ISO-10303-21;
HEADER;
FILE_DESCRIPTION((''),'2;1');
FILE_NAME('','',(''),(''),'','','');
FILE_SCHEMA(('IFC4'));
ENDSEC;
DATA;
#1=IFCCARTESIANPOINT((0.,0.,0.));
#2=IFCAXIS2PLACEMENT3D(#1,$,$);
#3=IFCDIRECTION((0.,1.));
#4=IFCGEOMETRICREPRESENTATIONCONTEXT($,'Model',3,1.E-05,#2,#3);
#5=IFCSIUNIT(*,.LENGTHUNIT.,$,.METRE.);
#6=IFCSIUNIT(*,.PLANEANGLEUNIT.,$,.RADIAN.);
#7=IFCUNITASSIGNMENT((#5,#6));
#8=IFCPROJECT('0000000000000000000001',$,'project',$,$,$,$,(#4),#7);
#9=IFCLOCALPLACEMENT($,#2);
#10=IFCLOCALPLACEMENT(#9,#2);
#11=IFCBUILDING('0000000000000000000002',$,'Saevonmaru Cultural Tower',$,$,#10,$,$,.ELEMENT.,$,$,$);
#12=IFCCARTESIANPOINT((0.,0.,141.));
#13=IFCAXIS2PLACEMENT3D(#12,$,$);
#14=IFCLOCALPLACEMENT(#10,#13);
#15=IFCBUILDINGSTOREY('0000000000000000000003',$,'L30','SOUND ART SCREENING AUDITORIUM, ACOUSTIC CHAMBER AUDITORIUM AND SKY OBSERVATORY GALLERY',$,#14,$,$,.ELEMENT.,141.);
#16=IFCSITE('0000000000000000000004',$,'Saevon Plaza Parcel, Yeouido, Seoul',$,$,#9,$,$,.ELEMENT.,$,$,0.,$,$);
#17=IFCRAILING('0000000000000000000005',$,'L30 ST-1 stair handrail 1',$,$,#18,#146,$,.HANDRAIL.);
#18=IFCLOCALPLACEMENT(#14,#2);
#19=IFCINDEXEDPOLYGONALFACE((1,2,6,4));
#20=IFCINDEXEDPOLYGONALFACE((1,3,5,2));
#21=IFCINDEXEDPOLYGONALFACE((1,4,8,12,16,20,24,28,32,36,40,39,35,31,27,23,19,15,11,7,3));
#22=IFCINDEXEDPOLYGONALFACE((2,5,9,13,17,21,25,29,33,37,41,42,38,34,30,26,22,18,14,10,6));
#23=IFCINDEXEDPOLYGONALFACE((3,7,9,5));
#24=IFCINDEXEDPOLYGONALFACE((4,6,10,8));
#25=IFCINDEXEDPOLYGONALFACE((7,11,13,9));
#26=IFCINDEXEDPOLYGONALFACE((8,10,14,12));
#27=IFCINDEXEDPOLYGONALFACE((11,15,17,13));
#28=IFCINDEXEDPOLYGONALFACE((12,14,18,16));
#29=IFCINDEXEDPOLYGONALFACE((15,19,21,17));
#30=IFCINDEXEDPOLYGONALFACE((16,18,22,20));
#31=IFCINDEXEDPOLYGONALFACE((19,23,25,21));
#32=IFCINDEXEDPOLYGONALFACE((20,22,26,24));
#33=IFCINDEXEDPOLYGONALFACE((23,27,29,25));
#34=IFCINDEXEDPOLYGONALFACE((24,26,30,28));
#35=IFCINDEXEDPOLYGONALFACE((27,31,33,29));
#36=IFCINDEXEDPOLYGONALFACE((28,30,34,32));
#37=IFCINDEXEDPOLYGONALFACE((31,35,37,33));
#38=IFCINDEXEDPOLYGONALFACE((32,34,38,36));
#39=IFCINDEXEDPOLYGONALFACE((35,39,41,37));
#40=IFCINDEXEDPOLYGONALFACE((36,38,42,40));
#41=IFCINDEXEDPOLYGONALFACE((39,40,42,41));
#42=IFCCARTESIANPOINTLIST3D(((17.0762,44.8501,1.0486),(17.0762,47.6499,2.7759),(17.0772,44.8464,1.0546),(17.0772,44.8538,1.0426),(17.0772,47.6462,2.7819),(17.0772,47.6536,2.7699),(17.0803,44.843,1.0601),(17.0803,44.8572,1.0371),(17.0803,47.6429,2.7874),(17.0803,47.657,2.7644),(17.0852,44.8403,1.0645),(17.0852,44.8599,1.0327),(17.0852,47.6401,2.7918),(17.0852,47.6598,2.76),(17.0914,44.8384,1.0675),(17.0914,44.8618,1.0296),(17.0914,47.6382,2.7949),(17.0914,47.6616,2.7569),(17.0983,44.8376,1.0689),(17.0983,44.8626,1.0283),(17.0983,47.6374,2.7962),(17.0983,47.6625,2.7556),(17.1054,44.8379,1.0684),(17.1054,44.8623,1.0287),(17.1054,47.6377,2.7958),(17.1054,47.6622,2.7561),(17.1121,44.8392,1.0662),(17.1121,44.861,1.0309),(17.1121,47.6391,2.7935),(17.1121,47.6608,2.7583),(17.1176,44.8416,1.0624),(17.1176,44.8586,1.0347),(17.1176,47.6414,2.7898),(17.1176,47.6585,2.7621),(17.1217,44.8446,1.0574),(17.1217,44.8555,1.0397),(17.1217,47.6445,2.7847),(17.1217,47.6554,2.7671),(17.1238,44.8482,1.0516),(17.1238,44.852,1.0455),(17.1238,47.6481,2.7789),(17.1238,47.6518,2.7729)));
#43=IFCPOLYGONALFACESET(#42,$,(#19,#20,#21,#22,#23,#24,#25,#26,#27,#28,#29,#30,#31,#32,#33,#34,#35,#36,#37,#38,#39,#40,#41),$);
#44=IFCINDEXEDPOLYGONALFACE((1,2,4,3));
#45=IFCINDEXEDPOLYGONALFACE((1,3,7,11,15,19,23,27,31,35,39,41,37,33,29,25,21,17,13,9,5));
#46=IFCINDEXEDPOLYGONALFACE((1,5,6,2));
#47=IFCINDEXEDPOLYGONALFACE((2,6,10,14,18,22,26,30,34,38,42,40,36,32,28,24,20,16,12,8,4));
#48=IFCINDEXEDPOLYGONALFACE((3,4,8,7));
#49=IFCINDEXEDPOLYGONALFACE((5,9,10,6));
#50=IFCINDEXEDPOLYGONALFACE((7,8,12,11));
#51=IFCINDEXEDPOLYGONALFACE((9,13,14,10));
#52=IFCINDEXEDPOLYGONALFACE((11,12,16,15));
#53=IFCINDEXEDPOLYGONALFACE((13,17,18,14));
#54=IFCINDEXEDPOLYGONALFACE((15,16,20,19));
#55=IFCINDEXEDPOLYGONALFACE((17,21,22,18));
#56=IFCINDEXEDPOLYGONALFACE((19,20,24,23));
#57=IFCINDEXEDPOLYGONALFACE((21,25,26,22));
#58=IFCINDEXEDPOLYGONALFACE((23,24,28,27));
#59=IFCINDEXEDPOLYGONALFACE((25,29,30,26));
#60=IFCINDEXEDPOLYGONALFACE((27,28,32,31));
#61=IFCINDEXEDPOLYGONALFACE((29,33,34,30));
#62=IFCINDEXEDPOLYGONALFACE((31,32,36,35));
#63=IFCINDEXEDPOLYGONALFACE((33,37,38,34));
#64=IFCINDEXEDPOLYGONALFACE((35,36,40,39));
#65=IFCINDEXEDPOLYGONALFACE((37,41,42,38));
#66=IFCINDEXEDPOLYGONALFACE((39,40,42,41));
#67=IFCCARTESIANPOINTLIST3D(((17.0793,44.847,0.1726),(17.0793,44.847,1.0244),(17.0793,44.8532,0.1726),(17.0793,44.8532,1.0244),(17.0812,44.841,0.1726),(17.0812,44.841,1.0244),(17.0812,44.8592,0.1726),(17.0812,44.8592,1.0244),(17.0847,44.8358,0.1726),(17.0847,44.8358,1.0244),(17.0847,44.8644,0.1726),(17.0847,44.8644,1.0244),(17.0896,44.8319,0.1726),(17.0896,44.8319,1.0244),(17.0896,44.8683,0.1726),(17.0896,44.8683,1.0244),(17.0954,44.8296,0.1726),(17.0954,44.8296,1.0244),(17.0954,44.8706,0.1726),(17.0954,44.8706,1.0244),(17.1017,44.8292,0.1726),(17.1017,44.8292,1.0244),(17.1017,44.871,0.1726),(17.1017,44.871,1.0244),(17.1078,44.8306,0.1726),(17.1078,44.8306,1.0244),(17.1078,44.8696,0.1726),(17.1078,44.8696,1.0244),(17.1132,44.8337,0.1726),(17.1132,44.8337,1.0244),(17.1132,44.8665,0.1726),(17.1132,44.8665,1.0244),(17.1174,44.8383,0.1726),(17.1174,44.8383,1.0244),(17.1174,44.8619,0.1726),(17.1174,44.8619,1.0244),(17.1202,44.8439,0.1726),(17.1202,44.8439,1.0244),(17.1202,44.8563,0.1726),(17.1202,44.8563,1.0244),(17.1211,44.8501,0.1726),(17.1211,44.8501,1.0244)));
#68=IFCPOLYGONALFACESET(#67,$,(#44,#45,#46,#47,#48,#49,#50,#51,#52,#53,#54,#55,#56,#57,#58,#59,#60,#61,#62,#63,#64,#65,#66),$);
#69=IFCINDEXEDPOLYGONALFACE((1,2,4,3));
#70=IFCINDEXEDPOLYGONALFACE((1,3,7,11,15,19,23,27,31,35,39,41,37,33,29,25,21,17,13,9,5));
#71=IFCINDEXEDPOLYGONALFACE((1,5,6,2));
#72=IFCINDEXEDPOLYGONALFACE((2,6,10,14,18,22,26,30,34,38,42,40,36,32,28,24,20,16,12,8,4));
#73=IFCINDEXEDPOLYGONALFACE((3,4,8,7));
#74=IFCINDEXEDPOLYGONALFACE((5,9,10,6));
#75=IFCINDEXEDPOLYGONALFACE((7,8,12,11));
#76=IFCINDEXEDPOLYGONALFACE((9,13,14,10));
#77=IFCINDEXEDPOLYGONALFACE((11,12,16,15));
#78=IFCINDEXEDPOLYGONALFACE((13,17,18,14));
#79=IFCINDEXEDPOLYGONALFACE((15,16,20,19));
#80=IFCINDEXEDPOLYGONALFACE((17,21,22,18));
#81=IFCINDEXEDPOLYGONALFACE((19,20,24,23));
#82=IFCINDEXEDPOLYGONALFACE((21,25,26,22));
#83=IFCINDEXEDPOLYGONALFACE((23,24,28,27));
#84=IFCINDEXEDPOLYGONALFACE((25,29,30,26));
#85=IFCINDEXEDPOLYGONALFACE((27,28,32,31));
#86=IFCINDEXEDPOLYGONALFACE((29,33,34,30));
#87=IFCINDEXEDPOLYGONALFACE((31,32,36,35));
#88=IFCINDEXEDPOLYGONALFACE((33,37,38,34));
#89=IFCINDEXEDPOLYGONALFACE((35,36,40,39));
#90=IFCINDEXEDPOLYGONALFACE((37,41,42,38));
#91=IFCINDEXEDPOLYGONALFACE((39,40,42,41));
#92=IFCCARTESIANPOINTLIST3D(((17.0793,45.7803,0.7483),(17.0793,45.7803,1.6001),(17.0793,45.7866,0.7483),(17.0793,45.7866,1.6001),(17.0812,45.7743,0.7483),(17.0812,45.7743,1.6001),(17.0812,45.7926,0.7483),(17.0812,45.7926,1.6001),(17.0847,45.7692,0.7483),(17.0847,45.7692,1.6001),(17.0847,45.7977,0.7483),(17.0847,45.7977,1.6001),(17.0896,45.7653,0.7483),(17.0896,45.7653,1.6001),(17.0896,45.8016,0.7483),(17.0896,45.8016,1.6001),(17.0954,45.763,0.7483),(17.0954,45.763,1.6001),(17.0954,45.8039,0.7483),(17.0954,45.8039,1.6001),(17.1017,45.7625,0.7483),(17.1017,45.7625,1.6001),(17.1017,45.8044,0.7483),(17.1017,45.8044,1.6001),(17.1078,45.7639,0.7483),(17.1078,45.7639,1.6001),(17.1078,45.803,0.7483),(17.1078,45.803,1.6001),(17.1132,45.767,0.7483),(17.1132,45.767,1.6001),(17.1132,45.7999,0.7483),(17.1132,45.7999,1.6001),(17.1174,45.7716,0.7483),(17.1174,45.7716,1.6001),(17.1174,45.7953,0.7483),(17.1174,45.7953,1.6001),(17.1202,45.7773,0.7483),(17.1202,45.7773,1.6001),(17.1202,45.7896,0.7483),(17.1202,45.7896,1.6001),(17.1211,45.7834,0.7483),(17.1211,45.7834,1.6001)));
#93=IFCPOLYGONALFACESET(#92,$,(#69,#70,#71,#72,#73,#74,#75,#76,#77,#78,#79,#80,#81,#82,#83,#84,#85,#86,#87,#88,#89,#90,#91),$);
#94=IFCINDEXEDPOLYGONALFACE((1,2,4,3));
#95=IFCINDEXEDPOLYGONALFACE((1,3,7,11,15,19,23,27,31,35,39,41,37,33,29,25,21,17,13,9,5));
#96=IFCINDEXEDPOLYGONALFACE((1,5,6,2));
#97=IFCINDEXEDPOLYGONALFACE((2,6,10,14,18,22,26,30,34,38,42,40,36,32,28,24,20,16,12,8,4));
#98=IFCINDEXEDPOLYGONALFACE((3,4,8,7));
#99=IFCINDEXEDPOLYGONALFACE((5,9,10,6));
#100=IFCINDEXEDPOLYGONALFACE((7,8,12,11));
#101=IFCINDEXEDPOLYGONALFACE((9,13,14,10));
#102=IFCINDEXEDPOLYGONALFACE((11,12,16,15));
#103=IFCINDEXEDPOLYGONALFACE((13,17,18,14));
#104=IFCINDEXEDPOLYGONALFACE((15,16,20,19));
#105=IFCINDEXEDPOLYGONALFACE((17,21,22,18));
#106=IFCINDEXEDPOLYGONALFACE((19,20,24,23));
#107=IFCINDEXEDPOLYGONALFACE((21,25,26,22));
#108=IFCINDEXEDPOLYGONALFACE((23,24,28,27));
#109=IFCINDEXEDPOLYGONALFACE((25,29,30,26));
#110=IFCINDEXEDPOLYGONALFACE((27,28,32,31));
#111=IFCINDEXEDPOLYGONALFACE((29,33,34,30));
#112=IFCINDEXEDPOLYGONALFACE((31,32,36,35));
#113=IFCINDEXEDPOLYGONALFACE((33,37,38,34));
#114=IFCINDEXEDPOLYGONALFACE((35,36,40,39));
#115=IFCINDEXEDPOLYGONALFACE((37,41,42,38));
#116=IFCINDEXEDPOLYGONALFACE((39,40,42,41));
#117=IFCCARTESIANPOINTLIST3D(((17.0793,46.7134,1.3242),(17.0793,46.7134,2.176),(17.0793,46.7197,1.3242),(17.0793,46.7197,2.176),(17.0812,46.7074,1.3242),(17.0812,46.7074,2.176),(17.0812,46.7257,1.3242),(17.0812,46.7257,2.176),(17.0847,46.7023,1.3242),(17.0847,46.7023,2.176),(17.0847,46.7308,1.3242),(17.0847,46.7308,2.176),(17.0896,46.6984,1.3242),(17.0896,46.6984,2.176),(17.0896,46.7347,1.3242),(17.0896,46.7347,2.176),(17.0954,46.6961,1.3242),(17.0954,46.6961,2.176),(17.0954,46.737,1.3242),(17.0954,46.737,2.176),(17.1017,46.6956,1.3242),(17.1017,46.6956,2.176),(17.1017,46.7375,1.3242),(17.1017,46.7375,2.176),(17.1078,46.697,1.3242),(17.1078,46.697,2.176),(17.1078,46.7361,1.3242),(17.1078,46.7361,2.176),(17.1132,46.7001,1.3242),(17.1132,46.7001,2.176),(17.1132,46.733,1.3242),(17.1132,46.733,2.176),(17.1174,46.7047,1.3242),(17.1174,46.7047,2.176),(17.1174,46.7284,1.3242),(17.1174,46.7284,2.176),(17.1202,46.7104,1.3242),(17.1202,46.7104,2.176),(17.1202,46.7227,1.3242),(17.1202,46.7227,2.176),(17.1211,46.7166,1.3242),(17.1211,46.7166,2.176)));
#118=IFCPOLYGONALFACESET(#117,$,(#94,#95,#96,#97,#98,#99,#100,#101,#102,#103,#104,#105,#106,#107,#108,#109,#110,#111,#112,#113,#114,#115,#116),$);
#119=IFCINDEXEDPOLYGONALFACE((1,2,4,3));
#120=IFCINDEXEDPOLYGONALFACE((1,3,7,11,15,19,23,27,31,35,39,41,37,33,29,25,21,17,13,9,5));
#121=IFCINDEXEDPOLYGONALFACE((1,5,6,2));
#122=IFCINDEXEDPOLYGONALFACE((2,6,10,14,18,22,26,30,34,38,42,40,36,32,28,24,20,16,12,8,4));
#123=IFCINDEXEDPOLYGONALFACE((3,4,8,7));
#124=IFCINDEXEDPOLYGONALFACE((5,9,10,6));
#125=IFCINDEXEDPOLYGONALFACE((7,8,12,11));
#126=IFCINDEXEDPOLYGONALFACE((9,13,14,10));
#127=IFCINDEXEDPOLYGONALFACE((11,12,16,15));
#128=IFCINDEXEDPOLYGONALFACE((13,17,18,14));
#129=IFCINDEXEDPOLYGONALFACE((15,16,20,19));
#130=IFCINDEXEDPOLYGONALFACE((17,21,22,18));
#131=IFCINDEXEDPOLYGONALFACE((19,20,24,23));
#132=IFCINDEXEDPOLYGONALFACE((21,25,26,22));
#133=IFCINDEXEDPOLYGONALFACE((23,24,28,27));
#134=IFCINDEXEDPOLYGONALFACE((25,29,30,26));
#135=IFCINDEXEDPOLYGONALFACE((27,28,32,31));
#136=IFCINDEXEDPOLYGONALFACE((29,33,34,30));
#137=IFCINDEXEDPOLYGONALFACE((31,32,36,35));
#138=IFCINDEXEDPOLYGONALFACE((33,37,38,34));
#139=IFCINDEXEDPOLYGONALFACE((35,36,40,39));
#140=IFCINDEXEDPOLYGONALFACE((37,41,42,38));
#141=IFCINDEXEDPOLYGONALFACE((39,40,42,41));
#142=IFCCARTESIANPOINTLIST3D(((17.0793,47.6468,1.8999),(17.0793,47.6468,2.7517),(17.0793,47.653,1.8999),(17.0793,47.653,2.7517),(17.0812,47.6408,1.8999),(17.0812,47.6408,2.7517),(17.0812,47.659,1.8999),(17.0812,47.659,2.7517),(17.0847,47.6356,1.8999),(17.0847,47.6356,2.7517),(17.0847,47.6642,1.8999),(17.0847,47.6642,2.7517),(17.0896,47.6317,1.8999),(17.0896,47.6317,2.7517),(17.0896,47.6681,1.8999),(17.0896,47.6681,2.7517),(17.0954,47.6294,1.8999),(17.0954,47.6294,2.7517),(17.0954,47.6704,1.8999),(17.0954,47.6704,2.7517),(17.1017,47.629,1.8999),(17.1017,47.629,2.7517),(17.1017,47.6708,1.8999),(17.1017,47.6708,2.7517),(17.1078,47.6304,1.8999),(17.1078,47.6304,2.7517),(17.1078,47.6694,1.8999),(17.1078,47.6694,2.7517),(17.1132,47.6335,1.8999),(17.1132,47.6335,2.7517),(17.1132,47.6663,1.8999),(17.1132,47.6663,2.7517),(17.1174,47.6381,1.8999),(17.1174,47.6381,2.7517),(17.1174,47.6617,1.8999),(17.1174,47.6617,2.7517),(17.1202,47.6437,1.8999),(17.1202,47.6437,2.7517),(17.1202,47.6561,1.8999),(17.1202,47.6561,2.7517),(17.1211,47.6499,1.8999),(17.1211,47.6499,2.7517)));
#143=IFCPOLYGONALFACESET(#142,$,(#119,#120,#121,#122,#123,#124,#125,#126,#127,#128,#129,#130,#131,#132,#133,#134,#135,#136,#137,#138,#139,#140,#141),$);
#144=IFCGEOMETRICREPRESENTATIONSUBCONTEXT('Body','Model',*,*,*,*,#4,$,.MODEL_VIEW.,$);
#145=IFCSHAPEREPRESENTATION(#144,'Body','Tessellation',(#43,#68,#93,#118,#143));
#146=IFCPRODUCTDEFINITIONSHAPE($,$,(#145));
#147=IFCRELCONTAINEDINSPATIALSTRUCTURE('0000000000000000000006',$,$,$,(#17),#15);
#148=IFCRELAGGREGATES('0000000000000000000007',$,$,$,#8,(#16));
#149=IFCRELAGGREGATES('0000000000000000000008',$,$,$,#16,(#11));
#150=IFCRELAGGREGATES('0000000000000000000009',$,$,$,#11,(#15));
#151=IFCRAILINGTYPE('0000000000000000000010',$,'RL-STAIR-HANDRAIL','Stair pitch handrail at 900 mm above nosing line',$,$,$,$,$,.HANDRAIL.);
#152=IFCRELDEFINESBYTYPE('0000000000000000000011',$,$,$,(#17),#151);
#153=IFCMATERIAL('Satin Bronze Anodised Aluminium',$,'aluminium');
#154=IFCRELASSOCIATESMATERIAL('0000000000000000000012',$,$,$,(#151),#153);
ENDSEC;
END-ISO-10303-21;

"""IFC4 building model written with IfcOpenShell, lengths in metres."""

from ifc_helpers import new_model, si_unit, direction, frame, origin, origin_2d, place, context, subcontext, project, spatial, circle, extrude, material, type_object, element, save


model = new_model("IFC4")

# Units and contexts
model_context = context("Model", 3, precision=1e-05, world=origin(), true_north=direction((0.0, 1.0)))
body_context = subcontext(model_context, "Body", "Model", "MODEL_VIEW")
ifc_project = project(units=[si_unit("LENGTHUNIT", "METRE"), si_unit("PLANEANGLEUNIT", "RADIAN")], contexts=[model_context])

# Site, building, storey
site_placement = place(None, origin())
site = spatial("IfcSite", under=ifc_project, at=site_placement, Name="Saevon Plaza Parcel, Yeouido, Seoul", CompositionType="ELEMENT", RefElevation=0.0)
building_placement = place(site_placement, origin())
building = spatial("IfcBuilding", under=site, at=building_placement, Name="Saevonmaru Cultural Tower", CompositionType="ELEMENT")
storey_placement = place(building_placement, frame((0.0, 0.0, 141.0)))
storey = spatial("IfcBuildingStorey", under=building, at=storey_placement, Name="L30", Description="SOUND ART SCREENING AUDITORIUM, ACOUSTIC CHAMBER AUDITORIUM AND SKY OBSERVATORY GALLERY", CompositionType="ELEMENT", Elevation=141.0)

# Shared definitions
ifc_material_1 = material(Name="Satin Bronze Anodised Aluminium", Category="aluminium")

# Railing
railing_type_1 = type_object("IfcRailingType", Name="RL-STAIR-HANDRAIL", Description="Stair pitch handrail at 900 mm above nosing line", PredefinedType="HANDRAIL", material=ifc_material_1)
railing_1_placement = place(storey_placement, frame((17.1001, 44.8501, 0.1726)))
element("IfcRailing", 1, at=railing_1_placement, inside=storey, type_object=railing_type_1, Name="L30 ST-1 stair handrail 1", PredefinedType="HANDRAIL", context=body_context, shape_type="SweptSolid", body=[
    extrude(circle(Radius=0.0239, at=origin_2d()), frame((0.0, 0.0, 0.876), z_axis=(0.0, 0.851069, 0.525054), x_axis=(-1.0, 0.0, 0.0)), (0.0, 0.0, 1.0), 3.2898),
    extrude(circle(Radius=0.021, at=origin_2d()), origin(), (0.0, 0.0, 1.0), 0.8518),
    extrude(circle(Radius=0.021, at=origin_2d()), frame((0.0, 0.9333, 0.5757)), (0.0, 0.0, 1.0), 0.8518),
    extrude(circle(Radius=0.021, at=origin_2d()), frame((0.0, 1.8665, 1.1516)), (0.0, 0.0, 1.0), 0.8518),
    extrude(circle(Radius=0.021, at=origin_2d()), frame((0.0, 2.7998, 1.7273)), (0.0, 0.0, 1.0), 0.8518),
])

save(model, "model.ifc")
